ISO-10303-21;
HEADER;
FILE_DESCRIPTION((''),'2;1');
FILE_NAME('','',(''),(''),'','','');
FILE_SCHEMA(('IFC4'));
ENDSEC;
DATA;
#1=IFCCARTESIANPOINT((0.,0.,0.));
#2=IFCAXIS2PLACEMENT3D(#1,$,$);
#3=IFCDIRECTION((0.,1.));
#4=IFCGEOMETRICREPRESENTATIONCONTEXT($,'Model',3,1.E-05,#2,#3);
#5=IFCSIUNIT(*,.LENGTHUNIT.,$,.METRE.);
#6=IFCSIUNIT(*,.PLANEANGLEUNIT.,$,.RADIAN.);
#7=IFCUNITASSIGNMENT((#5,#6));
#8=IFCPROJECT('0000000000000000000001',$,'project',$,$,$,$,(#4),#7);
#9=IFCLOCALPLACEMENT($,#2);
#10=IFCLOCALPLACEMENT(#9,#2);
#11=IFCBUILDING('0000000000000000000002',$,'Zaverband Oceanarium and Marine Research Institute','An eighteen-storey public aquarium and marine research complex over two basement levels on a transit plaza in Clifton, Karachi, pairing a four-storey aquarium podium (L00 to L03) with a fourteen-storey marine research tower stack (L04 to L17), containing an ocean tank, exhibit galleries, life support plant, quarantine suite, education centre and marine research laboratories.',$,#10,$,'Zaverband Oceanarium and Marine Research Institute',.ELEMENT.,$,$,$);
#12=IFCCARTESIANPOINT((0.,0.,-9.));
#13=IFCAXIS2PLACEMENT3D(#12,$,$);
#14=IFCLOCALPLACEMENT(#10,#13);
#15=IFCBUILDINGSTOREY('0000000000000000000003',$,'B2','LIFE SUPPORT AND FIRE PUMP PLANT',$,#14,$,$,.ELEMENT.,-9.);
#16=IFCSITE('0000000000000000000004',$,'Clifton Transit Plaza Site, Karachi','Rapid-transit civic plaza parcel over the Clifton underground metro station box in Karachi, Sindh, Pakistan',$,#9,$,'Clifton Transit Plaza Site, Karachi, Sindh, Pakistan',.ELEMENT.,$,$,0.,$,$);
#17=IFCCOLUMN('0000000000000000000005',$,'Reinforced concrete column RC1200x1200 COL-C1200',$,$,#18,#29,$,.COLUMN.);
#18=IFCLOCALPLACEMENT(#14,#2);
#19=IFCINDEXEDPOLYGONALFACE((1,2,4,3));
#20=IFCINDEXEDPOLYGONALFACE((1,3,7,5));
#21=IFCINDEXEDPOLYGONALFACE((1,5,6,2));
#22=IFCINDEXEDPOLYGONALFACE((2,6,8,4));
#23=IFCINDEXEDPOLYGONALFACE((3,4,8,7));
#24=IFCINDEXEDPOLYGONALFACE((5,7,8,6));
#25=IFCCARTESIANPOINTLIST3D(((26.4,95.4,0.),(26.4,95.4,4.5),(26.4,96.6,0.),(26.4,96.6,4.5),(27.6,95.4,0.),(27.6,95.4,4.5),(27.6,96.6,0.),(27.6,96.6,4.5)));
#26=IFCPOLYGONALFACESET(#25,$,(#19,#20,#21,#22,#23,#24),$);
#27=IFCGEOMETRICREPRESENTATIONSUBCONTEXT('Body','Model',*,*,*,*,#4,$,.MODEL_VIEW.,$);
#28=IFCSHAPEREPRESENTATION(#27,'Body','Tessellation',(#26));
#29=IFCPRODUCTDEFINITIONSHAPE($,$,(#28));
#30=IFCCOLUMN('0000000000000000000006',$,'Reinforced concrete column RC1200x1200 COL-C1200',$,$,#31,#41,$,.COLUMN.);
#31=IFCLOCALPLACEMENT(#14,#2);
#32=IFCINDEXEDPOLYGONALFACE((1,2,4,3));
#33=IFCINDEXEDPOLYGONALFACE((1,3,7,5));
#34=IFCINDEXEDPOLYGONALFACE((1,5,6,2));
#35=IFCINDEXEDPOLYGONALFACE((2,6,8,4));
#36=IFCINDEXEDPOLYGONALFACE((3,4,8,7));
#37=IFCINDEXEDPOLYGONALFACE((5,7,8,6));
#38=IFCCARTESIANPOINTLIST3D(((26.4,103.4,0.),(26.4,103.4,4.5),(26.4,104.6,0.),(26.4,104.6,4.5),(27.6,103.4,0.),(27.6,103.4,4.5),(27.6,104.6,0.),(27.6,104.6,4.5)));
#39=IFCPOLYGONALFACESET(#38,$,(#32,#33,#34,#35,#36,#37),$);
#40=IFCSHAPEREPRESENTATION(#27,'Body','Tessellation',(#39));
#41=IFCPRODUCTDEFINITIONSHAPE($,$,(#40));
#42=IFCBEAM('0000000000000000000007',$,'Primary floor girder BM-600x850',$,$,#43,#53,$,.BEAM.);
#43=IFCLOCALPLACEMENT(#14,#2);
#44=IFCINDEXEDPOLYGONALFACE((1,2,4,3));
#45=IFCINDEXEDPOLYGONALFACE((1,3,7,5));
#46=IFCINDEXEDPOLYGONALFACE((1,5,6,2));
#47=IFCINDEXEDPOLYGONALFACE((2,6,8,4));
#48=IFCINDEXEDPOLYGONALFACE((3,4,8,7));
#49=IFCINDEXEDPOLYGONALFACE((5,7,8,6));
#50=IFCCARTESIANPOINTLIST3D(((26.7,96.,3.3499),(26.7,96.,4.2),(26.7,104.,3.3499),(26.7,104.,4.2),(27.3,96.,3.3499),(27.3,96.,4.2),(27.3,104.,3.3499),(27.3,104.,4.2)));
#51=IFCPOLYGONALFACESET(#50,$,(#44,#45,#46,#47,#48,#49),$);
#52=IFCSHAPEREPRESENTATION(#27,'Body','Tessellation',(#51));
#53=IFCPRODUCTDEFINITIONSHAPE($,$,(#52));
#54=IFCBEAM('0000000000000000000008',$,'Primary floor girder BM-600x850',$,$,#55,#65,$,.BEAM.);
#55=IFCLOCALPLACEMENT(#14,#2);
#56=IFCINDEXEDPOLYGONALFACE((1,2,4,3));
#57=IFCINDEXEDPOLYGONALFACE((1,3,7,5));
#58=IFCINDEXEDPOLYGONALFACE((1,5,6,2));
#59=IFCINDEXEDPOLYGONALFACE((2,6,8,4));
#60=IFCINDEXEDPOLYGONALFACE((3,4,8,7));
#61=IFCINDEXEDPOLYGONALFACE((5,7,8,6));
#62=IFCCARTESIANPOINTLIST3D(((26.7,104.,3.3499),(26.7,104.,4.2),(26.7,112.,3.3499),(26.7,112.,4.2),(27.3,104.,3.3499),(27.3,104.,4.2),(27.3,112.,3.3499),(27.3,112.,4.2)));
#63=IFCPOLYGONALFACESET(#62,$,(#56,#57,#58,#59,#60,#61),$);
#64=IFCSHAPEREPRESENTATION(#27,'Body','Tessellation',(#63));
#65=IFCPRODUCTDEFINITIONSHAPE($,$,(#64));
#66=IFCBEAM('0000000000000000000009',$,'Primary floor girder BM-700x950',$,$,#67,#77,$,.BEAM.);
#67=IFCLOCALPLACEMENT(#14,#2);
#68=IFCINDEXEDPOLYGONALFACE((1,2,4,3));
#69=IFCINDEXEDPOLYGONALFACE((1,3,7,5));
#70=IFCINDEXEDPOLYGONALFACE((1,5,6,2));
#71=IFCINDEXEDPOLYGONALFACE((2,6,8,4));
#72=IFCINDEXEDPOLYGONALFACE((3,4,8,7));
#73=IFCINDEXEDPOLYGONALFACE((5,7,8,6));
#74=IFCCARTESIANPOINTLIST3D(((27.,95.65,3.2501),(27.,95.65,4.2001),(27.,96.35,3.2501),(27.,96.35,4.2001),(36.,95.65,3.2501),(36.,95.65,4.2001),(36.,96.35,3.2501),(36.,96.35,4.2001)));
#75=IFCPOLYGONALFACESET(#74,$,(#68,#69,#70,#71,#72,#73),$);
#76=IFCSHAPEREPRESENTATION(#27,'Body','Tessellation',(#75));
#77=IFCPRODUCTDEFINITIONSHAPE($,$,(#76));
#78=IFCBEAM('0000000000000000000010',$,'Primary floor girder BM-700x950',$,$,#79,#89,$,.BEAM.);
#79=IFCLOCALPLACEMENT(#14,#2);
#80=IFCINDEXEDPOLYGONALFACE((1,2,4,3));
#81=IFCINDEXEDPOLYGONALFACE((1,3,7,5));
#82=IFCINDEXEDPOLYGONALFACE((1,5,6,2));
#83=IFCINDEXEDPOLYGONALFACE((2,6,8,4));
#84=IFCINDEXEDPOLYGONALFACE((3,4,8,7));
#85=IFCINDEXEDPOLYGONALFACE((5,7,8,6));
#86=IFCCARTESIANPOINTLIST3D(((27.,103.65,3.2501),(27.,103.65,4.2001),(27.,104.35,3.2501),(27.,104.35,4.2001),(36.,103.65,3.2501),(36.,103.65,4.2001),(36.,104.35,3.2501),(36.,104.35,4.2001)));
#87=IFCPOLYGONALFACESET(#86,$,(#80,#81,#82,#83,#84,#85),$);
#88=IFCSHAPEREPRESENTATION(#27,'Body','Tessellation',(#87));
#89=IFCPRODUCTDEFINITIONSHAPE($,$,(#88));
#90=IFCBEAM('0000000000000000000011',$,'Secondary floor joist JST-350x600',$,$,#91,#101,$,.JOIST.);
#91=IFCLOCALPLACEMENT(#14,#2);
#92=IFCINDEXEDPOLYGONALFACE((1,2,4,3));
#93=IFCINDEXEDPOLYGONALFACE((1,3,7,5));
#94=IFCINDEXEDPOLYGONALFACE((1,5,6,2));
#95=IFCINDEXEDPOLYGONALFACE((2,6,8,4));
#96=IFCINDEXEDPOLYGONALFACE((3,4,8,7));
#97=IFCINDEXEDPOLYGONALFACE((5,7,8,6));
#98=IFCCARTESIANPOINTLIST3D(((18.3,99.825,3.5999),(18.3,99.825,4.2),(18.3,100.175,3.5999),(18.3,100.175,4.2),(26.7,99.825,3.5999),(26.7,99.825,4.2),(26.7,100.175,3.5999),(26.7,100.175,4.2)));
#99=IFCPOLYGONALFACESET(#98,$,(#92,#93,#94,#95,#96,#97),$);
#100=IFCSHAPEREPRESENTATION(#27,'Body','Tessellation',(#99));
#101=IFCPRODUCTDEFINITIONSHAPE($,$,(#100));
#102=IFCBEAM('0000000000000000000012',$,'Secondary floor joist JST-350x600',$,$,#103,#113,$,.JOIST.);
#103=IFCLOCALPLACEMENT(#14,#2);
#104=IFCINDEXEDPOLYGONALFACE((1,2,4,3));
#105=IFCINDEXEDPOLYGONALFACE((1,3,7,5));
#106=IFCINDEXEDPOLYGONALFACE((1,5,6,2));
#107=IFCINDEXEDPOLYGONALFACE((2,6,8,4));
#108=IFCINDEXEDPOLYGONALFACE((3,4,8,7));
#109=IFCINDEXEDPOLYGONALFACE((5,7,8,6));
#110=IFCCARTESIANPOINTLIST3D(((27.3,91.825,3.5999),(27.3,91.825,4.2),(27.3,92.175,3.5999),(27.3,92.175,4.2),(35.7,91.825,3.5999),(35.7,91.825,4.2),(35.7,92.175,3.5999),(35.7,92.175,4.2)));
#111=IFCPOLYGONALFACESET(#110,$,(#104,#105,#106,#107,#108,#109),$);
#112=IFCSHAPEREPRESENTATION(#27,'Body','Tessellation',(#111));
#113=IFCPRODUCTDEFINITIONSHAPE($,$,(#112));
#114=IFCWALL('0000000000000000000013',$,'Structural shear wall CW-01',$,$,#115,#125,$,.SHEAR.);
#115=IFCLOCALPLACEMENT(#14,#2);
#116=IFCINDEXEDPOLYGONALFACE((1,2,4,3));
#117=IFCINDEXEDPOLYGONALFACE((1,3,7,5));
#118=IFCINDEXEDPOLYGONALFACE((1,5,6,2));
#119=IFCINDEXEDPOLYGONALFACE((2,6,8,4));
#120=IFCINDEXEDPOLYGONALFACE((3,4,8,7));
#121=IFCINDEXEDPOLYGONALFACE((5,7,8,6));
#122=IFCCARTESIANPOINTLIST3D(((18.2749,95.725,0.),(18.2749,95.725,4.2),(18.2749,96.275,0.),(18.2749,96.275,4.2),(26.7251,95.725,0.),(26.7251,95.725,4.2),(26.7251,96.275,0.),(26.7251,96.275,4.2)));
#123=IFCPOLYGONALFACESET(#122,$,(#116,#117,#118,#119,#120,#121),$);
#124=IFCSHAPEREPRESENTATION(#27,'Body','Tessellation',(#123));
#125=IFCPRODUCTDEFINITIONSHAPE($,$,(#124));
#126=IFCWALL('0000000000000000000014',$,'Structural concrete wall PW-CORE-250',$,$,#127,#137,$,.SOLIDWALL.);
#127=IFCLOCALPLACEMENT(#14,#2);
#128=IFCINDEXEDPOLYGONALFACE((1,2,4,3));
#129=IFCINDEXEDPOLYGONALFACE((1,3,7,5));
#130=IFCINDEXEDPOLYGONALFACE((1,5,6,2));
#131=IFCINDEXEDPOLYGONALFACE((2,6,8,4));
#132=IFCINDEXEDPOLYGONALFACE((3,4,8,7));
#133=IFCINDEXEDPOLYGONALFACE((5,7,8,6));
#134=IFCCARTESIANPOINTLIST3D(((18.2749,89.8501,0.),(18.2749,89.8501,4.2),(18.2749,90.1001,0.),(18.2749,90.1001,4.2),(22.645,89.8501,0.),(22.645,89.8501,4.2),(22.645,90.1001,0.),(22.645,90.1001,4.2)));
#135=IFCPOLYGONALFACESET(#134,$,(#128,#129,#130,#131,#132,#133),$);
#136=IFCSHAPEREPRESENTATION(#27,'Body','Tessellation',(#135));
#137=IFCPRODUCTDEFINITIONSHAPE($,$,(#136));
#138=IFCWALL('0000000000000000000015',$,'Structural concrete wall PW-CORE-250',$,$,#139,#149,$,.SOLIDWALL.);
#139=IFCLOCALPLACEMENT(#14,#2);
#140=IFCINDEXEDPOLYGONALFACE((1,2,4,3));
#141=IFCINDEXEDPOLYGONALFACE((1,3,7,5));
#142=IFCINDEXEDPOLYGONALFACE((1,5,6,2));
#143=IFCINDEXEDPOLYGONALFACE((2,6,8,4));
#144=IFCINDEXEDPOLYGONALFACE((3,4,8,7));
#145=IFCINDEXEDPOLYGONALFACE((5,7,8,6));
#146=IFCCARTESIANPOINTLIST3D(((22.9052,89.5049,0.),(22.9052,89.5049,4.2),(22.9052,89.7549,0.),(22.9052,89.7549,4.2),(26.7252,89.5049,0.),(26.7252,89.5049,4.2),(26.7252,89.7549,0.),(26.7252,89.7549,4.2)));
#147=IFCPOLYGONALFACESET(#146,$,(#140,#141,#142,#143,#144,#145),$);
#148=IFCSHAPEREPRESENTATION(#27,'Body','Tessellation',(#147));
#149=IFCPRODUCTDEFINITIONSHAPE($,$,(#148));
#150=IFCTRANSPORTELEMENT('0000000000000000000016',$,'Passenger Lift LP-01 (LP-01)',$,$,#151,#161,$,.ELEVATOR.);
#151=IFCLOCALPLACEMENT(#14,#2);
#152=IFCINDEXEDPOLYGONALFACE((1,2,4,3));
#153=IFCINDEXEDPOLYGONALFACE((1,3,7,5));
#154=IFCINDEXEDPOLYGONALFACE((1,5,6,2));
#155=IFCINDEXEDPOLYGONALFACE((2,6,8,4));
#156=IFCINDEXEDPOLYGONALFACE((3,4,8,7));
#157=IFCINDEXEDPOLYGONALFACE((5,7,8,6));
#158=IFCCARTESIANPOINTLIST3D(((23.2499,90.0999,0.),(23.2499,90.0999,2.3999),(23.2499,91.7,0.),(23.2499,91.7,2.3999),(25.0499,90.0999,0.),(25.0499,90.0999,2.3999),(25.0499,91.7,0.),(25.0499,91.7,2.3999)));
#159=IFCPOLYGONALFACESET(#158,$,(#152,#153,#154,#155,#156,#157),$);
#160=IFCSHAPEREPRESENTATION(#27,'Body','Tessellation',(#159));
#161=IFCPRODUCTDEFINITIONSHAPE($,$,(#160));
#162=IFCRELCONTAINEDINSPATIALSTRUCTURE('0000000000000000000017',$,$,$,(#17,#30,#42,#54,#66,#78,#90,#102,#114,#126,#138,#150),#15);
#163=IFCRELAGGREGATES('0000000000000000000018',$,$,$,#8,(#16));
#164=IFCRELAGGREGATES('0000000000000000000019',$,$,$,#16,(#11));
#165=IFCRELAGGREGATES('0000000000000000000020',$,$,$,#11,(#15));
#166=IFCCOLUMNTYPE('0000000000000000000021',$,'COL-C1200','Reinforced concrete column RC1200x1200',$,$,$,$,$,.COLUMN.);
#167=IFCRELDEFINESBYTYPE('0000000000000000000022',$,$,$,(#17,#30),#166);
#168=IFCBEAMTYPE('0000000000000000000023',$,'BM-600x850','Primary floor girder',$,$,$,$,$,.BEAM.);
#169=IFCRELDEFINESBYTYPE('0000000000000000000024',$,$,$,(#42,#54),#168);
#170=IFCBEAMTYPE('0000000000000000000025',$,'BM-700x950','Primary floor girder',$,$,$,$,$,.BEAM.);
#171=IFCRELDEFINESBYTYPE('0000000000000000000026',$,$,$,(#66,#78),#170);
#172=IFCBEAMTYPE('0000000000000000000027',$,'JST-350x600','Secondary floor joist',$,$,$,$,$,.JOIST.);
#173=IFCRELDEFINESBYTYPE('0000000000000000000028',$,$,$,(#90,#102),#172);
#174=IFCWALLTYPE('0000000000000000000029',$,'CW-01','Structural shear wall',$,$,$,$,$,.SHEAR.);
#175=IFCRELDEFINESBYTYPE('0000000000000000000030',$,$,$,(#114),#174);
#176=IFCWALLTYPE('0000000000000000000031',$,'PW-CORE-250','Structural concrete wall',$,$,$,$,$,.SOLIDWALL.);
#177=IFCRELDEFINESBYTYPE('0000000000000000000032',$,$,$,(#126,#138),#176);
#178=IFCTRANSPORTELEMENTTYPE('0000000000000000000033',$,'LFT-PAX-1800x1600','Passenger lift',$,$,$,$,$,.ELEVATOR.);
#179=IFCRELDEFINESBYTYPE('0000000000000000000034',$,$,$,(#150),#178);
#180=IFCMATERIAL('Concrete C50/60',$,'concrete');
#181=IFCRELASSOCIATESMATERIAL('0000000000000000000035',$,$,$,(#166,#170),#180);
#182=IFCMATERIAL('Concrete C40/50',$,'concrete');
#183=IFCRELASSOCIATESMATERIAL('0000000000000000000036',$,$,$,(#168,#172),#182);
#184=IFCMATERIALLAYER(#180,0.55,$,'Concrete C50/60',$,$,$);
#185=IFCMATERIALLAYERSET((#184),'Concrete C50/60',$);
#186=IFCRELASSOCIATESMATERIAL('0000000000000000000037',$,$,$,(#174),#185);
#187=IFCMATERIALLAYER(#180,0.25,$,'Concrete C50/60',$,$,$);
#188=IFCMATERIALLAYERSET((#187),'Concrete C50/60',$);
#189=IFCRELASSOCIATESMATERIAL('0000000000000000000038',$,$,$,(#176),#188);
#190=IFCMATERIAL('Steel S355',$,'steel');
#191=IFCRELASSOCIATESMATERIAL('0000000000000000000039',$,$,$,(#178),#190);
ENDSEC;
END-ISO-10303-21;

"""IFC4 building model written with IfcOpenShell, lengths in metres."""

from ifc_helpers import new_model, si_unit, direction, frame, frame_2d, origin, origin_2d, place, context, subcontext, project, spatial, rectangle, extrude, material, layer, layer_set, material_profile, profile_set, type_object, element, save


model = new_model("IFC4")

# Units and contexts
model_context = context("Model", 3, precision=1e-05, world=origin(), true_north=direction((0.0, 1.0)))
body_context = subcontext(model_context, "Body", "Model", "MODEL_VIEW")
ifc_project = project(units=[si_unit("LENGTHUNIT", "METRE"), si_unit("PLANEANGLEUNIT", "RADIAN")], contexts=[model_context])

# Site, building, storey
site_placement = place(None, origin())
site = spatial("IfcSite", under=ifc_project, at=site_placement, Name="Clifton Transit Plaza Site, Karachi", Description="Rapid-transit civic plaza parcel over the Clifton underground metro station box in Karachi, Sindh, Pakistan", LongName="Clifton Transit Plaza Site, Karachi, Sindh, Pakistan", CompositionType="ELEMENT", RefElevation=0.0)
building_placement = place(site_placement, origin())
building = spatial("IfcBuilding", under=site, at=building_placement, Name="Zaverband Oceanarium and Marine Research Institute", Description="An eighteen-storey public aquarium and marine research complex over two basement levels on a transit plaza in Clifton, Karachi, pairing a four-storey aquarium podium (L00 to L03) with a fourteen-storey marine research tower stack (L04 to L17), containing an ocean tank, exhibit galleries, life support plant, quarantine suite, education centre and marine research laboratories.", LongName="Zaverband Oceanarium and Marine Research Institute", CompositionType="ELEMENT")
storey_placement = place(building_placement, frame((0.0, 0.0, -9.0)))
storey = spatial("IfcBuildingStorey", under=building, at=storey_placement, Name="B2", Description="LIFE SUPPORT AND FIRE PUMP PLANT", CompositionType="ELEMENT", Elevation=-9.0)

# Shared definitions
ifc_material_1 = material(Name="Concrete C50/60", Category="concrete")

# Columns
ifc_material_profile_1 = material_profile(ifc_material_1, rectangle(XDim=1.2, YDim=1.2, at=origin_2d()), Name="RC1200x1200")
ifc_profile_set_1 = profile_set([ifc_material_profile_1], Name="Concrete C50/60")
column_type = type_object("IfcColumnType", Name="COL-C1200", Description="Reinforced concrete column RC1200x1200", PredefinedType="COLUMN", material=ifc_profile_set_1)
for number, where, z_axis, x_axis, name in (
    (1, (27.0, 96.0, 0.0), (0.0, 0.0, 1.0), (1.0, 0.0, 0.0), "Reinforced concrete column RC1200x1200 COL-C1200"),
    (2, (27.0, 104.0, 0.0), (0.0, 0.0, 1.0), (1.0, 0.0, 0.0), "Reinforced concrete column RC1200x1200 COL-C1200"),
):
    element("IfcColumn", number, at=place(storey_placement, frame(where, z_axis=z_axis, x_axis=x_axis)), inside=storey, type_object=column_type, Name=name, PredefinedType="COLUMN", context=body_context, shape_type="SweptSolid", body=[
        extrude(rectangle(XDim=1.2, YDim=1.2, at=origin_2d()), origin(), (0.0, 0.0, 1.0), 4.5),
    ])

# Beams
ifc_material_2 = material(Name="Concrete C40/50", Category="concrete")
ifc_material_profile_2 = material_profile(ifc_material_2, rectangle(XDim=0.6001, YDim=0.8501, at=origin_2d()), Name="RC600x850")
ifc_profile_set_2 = profile_set([ifc_material_profile_2], Name="Concrete C40/50")
beam_type_1 = type_object("IfcBeamType", Name="BM-600x850", Description="Primary floor girder", PredefinedType="BEAM", material=ifc_profile_set_2)
for number, where, z_axis, x_axis, name in (
    (3, (27.0, 96.0, 3.7749), (0.0, 1.0, 0.0), (-1.0, 0.0, 0.0), "Primary floor girder BM-600x850"),
    (4, (27.0, 104.0, 3.7749), (0.0, 1.0, 0.0), (-1.0, 0.0, 0.0), "Primary floor girder BM-600x850"),
):
    element("IfcBeam", number, at=place(storey_placement, frame(where, z_axis=z_axis, x_axis=x_axis)), inside=storey, type_object=beam_type_1, Name=name, PredefinedType="BEAM", context=body_context, shape_type="SweptSolid", body=[
        extrude(rectangle(XDim=0.6001, YDim=0.8501, at=origin_2d()), origin(), (0.0, 0.0, 1.0), 8.0),
    ])
ifc_material_profile_3 = material_profile(ifc_material_1, rectangle(XDim=0.7, YDim=0.95, at=origin_2d()), Name="RC700x950")
ifc_profile_set_3 = profile_set([ifc_material_profile_3], Name="Concrete C50/60")
beam_type_2 = type_object("IfcBeamType", Name="BM-700x950", Description="Primary floor girder", PredefinedType="BEAM", material=ifc_profile_set_3)
for number, where, z_axis, x_axis, name in (
    (5, (27.0, 96.0, 3.7251), (1.0, 0.0, 0.0), (0.0, 1.0, 0.0), "Primary floor girder BM-700x950"),
    (6, (27.0, 104.0, 3.7251), (1.0, 0.0, 0.0), (0.0, 1.0, 0.0), "Primary floor girder BM-700x950"),
):
    element("IfcBeam", number, at=place(storey_placement, frame(where, z_axis=z_axis, x_axis=x_axis)), inside=storey, type_object=beam_type_2, Name=name, PredefinedType="BEAM", context=body_context, shape_type="SweptSolid", body=[
        extrude(rectangle(XDim=0.7, YDim=0.95, at=origin_2d()), origin(), (0.0, 0.0, 1.0), 9.0),
    ])
ifc_material_profile_4 = material_profile(ifc_material_2, rectangle(XDim=0.3501, YDim=0.6001, at=origin_2d()), Name="RC350x600")
ifc_profile_set_4 = profile_set([ifc_material_profile_4], Name="Concrete C40/50")
beam_type_3 = type_object("IfcBeamType", Name="JST-350x600", Description="Secondary floor joist", PredefinedType="JOIST", material=ifc_profile_set_4)
for number, where, z_axis, x_axis, name in (
    (7, (18.3, 100.0, 3.8999), (1.0, 0.0, 0.0), (0.0, 1.0, 0.0), "Secondary floor joist JST-350x600"),
    (8, (27.3, 92.0, 3.8999), (1.0, 0.0, 0.0), (0.0, 1.0, 0.0), "Secondary floor joist JST-350x600"),
):
    element("IfcBeam", number, at=place(storey_placement, frame(where, z_axis=z_axis, x_axis=x_axis)), inside=storey, type_object=beam_type_3, Name=name, PredefinedType="JOIST", context=body_context, shape_type="SweptSolid", body=[
        extrude(rectangle(XDim=0.3501, YDim=0.6001, at=origin_2d()), origin(), (0.0, 0.0, 1.0), 8.3999),
    ])

# Walls
ifc_layer_1 = layer(ifc_material_1, 0.55, Name="Concrete C50/60")
ifc_layer_set_1 = layer_set([ifc_layer_1], Name="Concrete C50/60")
wall_type_1 = type_object("IfcWallType", Name="CW-01", Description="Structural shear wall", PredefinedType="SHEAR", material=ifc_layer_set_1)
wall_1_placement = place(storey_placement, frame((18.2749, 96.0, 0.0), z_axis=(0.0, 0.0, 1.0), x_axis=(1.0, 0.0, 0.0)))
element("IfcWall", 9, at=wall_1_placement, inside=storey, type_object=wall_type_1, Name="Structural shear wall CW-01", PredefinedType="SHEAR", context=body_context, shape_type="SweptSolid", body=[
    extrude(rectangle(XDim=8.4502, YDim=0.55, at=frame_2d((4.2251, 0.0))), origin(), (0.0, 0.0, 1.0), 4.2),
])
ifc_layer_2 = layer(ifc_material_1, 0.25, Name="Concrete C50/60")
ifc_layer_set_2 = layer_set([ifc_layer_2], Name="Concrete C50/60")
wall_type_2 = type_object("IfcWallType", Name="PW-CORE-250", Description="Structural concrete wall", PredefinedType="SOLIDWALL", material=ifc_layer_set_2)
wall_2_placement = place(storey_placement, frame((18.2749, 89.9751, 0.0), z_axis=(0.0, 0.0, 1.0), x_axis=(1.0, 0.0, 0.0)))
element("IfcWall", 10, at=wall_2_placement, inside=storey, type_object=wall_type_2, Name="Structural concrete wall PW-CORE-250", PredefinedType="SOLIDWALL", context=body_context, shape_type="SweptSolid", body=[
    extrude(rectangle(XDim=4.3701, YDim=0.25, at=frame_2d((2.1851, 0.0))), origin(), (0.0, 0.0, 1.0), 4.2),
])
wall_3_placement = place(storey_placement, frame((22.905, 89.6299, 0.0), z_axis=(0.0, 0.0, 1.0), x_axis=(1.0, 0.0, 0.0)))
element("IfcWall", 11, at=wall_3_placement, inside=storey, type_object=wall_type_2, Name="Structural concrete wall PW-CORE-250", PredefinedType="SOLIDWALL", context=body_context, shape_type="SweptSolid", body=[
    extrude(rectangle(XDim=3.8201, YDim=0.25, at=frame_2d((1.9102, 0.0))), origin(), (0.0, 0.0, 1.0), 4.2),
])

# Transport element
ifc_material_3 = material(Name="Steel S355", Category="steel")
transport_element_type = type_object("IfcTransportElementType", Name="LFT-PAX-1800x1600", Description="Passenger lift", PredefinedType="ELEVATOR", material=ifc_material_3)
transport_element_placement = place(storey_placement, frame((24.1499, 90.8999, 0.0), z_axis=(0.0, 0.0, 1.0), x_axis=(1.0, 0.0, 0.0)))
element("IfcTransportElement", 12, at=transport_element_placement, inside=storey, type_object=transport_element_type, Name="Passenger Lift LP-01 (LP-01)", PredefinedType="ELEVATOR", context=body_context, shape_type="SweptSolid", body=[
    extrude(rectangle(XDim=1.8, YDim=1.6001, at=origin_2d()), origin(), (0.0, 0.0, 1.0), 2.3999),
])

save(model, "model.ifc")
